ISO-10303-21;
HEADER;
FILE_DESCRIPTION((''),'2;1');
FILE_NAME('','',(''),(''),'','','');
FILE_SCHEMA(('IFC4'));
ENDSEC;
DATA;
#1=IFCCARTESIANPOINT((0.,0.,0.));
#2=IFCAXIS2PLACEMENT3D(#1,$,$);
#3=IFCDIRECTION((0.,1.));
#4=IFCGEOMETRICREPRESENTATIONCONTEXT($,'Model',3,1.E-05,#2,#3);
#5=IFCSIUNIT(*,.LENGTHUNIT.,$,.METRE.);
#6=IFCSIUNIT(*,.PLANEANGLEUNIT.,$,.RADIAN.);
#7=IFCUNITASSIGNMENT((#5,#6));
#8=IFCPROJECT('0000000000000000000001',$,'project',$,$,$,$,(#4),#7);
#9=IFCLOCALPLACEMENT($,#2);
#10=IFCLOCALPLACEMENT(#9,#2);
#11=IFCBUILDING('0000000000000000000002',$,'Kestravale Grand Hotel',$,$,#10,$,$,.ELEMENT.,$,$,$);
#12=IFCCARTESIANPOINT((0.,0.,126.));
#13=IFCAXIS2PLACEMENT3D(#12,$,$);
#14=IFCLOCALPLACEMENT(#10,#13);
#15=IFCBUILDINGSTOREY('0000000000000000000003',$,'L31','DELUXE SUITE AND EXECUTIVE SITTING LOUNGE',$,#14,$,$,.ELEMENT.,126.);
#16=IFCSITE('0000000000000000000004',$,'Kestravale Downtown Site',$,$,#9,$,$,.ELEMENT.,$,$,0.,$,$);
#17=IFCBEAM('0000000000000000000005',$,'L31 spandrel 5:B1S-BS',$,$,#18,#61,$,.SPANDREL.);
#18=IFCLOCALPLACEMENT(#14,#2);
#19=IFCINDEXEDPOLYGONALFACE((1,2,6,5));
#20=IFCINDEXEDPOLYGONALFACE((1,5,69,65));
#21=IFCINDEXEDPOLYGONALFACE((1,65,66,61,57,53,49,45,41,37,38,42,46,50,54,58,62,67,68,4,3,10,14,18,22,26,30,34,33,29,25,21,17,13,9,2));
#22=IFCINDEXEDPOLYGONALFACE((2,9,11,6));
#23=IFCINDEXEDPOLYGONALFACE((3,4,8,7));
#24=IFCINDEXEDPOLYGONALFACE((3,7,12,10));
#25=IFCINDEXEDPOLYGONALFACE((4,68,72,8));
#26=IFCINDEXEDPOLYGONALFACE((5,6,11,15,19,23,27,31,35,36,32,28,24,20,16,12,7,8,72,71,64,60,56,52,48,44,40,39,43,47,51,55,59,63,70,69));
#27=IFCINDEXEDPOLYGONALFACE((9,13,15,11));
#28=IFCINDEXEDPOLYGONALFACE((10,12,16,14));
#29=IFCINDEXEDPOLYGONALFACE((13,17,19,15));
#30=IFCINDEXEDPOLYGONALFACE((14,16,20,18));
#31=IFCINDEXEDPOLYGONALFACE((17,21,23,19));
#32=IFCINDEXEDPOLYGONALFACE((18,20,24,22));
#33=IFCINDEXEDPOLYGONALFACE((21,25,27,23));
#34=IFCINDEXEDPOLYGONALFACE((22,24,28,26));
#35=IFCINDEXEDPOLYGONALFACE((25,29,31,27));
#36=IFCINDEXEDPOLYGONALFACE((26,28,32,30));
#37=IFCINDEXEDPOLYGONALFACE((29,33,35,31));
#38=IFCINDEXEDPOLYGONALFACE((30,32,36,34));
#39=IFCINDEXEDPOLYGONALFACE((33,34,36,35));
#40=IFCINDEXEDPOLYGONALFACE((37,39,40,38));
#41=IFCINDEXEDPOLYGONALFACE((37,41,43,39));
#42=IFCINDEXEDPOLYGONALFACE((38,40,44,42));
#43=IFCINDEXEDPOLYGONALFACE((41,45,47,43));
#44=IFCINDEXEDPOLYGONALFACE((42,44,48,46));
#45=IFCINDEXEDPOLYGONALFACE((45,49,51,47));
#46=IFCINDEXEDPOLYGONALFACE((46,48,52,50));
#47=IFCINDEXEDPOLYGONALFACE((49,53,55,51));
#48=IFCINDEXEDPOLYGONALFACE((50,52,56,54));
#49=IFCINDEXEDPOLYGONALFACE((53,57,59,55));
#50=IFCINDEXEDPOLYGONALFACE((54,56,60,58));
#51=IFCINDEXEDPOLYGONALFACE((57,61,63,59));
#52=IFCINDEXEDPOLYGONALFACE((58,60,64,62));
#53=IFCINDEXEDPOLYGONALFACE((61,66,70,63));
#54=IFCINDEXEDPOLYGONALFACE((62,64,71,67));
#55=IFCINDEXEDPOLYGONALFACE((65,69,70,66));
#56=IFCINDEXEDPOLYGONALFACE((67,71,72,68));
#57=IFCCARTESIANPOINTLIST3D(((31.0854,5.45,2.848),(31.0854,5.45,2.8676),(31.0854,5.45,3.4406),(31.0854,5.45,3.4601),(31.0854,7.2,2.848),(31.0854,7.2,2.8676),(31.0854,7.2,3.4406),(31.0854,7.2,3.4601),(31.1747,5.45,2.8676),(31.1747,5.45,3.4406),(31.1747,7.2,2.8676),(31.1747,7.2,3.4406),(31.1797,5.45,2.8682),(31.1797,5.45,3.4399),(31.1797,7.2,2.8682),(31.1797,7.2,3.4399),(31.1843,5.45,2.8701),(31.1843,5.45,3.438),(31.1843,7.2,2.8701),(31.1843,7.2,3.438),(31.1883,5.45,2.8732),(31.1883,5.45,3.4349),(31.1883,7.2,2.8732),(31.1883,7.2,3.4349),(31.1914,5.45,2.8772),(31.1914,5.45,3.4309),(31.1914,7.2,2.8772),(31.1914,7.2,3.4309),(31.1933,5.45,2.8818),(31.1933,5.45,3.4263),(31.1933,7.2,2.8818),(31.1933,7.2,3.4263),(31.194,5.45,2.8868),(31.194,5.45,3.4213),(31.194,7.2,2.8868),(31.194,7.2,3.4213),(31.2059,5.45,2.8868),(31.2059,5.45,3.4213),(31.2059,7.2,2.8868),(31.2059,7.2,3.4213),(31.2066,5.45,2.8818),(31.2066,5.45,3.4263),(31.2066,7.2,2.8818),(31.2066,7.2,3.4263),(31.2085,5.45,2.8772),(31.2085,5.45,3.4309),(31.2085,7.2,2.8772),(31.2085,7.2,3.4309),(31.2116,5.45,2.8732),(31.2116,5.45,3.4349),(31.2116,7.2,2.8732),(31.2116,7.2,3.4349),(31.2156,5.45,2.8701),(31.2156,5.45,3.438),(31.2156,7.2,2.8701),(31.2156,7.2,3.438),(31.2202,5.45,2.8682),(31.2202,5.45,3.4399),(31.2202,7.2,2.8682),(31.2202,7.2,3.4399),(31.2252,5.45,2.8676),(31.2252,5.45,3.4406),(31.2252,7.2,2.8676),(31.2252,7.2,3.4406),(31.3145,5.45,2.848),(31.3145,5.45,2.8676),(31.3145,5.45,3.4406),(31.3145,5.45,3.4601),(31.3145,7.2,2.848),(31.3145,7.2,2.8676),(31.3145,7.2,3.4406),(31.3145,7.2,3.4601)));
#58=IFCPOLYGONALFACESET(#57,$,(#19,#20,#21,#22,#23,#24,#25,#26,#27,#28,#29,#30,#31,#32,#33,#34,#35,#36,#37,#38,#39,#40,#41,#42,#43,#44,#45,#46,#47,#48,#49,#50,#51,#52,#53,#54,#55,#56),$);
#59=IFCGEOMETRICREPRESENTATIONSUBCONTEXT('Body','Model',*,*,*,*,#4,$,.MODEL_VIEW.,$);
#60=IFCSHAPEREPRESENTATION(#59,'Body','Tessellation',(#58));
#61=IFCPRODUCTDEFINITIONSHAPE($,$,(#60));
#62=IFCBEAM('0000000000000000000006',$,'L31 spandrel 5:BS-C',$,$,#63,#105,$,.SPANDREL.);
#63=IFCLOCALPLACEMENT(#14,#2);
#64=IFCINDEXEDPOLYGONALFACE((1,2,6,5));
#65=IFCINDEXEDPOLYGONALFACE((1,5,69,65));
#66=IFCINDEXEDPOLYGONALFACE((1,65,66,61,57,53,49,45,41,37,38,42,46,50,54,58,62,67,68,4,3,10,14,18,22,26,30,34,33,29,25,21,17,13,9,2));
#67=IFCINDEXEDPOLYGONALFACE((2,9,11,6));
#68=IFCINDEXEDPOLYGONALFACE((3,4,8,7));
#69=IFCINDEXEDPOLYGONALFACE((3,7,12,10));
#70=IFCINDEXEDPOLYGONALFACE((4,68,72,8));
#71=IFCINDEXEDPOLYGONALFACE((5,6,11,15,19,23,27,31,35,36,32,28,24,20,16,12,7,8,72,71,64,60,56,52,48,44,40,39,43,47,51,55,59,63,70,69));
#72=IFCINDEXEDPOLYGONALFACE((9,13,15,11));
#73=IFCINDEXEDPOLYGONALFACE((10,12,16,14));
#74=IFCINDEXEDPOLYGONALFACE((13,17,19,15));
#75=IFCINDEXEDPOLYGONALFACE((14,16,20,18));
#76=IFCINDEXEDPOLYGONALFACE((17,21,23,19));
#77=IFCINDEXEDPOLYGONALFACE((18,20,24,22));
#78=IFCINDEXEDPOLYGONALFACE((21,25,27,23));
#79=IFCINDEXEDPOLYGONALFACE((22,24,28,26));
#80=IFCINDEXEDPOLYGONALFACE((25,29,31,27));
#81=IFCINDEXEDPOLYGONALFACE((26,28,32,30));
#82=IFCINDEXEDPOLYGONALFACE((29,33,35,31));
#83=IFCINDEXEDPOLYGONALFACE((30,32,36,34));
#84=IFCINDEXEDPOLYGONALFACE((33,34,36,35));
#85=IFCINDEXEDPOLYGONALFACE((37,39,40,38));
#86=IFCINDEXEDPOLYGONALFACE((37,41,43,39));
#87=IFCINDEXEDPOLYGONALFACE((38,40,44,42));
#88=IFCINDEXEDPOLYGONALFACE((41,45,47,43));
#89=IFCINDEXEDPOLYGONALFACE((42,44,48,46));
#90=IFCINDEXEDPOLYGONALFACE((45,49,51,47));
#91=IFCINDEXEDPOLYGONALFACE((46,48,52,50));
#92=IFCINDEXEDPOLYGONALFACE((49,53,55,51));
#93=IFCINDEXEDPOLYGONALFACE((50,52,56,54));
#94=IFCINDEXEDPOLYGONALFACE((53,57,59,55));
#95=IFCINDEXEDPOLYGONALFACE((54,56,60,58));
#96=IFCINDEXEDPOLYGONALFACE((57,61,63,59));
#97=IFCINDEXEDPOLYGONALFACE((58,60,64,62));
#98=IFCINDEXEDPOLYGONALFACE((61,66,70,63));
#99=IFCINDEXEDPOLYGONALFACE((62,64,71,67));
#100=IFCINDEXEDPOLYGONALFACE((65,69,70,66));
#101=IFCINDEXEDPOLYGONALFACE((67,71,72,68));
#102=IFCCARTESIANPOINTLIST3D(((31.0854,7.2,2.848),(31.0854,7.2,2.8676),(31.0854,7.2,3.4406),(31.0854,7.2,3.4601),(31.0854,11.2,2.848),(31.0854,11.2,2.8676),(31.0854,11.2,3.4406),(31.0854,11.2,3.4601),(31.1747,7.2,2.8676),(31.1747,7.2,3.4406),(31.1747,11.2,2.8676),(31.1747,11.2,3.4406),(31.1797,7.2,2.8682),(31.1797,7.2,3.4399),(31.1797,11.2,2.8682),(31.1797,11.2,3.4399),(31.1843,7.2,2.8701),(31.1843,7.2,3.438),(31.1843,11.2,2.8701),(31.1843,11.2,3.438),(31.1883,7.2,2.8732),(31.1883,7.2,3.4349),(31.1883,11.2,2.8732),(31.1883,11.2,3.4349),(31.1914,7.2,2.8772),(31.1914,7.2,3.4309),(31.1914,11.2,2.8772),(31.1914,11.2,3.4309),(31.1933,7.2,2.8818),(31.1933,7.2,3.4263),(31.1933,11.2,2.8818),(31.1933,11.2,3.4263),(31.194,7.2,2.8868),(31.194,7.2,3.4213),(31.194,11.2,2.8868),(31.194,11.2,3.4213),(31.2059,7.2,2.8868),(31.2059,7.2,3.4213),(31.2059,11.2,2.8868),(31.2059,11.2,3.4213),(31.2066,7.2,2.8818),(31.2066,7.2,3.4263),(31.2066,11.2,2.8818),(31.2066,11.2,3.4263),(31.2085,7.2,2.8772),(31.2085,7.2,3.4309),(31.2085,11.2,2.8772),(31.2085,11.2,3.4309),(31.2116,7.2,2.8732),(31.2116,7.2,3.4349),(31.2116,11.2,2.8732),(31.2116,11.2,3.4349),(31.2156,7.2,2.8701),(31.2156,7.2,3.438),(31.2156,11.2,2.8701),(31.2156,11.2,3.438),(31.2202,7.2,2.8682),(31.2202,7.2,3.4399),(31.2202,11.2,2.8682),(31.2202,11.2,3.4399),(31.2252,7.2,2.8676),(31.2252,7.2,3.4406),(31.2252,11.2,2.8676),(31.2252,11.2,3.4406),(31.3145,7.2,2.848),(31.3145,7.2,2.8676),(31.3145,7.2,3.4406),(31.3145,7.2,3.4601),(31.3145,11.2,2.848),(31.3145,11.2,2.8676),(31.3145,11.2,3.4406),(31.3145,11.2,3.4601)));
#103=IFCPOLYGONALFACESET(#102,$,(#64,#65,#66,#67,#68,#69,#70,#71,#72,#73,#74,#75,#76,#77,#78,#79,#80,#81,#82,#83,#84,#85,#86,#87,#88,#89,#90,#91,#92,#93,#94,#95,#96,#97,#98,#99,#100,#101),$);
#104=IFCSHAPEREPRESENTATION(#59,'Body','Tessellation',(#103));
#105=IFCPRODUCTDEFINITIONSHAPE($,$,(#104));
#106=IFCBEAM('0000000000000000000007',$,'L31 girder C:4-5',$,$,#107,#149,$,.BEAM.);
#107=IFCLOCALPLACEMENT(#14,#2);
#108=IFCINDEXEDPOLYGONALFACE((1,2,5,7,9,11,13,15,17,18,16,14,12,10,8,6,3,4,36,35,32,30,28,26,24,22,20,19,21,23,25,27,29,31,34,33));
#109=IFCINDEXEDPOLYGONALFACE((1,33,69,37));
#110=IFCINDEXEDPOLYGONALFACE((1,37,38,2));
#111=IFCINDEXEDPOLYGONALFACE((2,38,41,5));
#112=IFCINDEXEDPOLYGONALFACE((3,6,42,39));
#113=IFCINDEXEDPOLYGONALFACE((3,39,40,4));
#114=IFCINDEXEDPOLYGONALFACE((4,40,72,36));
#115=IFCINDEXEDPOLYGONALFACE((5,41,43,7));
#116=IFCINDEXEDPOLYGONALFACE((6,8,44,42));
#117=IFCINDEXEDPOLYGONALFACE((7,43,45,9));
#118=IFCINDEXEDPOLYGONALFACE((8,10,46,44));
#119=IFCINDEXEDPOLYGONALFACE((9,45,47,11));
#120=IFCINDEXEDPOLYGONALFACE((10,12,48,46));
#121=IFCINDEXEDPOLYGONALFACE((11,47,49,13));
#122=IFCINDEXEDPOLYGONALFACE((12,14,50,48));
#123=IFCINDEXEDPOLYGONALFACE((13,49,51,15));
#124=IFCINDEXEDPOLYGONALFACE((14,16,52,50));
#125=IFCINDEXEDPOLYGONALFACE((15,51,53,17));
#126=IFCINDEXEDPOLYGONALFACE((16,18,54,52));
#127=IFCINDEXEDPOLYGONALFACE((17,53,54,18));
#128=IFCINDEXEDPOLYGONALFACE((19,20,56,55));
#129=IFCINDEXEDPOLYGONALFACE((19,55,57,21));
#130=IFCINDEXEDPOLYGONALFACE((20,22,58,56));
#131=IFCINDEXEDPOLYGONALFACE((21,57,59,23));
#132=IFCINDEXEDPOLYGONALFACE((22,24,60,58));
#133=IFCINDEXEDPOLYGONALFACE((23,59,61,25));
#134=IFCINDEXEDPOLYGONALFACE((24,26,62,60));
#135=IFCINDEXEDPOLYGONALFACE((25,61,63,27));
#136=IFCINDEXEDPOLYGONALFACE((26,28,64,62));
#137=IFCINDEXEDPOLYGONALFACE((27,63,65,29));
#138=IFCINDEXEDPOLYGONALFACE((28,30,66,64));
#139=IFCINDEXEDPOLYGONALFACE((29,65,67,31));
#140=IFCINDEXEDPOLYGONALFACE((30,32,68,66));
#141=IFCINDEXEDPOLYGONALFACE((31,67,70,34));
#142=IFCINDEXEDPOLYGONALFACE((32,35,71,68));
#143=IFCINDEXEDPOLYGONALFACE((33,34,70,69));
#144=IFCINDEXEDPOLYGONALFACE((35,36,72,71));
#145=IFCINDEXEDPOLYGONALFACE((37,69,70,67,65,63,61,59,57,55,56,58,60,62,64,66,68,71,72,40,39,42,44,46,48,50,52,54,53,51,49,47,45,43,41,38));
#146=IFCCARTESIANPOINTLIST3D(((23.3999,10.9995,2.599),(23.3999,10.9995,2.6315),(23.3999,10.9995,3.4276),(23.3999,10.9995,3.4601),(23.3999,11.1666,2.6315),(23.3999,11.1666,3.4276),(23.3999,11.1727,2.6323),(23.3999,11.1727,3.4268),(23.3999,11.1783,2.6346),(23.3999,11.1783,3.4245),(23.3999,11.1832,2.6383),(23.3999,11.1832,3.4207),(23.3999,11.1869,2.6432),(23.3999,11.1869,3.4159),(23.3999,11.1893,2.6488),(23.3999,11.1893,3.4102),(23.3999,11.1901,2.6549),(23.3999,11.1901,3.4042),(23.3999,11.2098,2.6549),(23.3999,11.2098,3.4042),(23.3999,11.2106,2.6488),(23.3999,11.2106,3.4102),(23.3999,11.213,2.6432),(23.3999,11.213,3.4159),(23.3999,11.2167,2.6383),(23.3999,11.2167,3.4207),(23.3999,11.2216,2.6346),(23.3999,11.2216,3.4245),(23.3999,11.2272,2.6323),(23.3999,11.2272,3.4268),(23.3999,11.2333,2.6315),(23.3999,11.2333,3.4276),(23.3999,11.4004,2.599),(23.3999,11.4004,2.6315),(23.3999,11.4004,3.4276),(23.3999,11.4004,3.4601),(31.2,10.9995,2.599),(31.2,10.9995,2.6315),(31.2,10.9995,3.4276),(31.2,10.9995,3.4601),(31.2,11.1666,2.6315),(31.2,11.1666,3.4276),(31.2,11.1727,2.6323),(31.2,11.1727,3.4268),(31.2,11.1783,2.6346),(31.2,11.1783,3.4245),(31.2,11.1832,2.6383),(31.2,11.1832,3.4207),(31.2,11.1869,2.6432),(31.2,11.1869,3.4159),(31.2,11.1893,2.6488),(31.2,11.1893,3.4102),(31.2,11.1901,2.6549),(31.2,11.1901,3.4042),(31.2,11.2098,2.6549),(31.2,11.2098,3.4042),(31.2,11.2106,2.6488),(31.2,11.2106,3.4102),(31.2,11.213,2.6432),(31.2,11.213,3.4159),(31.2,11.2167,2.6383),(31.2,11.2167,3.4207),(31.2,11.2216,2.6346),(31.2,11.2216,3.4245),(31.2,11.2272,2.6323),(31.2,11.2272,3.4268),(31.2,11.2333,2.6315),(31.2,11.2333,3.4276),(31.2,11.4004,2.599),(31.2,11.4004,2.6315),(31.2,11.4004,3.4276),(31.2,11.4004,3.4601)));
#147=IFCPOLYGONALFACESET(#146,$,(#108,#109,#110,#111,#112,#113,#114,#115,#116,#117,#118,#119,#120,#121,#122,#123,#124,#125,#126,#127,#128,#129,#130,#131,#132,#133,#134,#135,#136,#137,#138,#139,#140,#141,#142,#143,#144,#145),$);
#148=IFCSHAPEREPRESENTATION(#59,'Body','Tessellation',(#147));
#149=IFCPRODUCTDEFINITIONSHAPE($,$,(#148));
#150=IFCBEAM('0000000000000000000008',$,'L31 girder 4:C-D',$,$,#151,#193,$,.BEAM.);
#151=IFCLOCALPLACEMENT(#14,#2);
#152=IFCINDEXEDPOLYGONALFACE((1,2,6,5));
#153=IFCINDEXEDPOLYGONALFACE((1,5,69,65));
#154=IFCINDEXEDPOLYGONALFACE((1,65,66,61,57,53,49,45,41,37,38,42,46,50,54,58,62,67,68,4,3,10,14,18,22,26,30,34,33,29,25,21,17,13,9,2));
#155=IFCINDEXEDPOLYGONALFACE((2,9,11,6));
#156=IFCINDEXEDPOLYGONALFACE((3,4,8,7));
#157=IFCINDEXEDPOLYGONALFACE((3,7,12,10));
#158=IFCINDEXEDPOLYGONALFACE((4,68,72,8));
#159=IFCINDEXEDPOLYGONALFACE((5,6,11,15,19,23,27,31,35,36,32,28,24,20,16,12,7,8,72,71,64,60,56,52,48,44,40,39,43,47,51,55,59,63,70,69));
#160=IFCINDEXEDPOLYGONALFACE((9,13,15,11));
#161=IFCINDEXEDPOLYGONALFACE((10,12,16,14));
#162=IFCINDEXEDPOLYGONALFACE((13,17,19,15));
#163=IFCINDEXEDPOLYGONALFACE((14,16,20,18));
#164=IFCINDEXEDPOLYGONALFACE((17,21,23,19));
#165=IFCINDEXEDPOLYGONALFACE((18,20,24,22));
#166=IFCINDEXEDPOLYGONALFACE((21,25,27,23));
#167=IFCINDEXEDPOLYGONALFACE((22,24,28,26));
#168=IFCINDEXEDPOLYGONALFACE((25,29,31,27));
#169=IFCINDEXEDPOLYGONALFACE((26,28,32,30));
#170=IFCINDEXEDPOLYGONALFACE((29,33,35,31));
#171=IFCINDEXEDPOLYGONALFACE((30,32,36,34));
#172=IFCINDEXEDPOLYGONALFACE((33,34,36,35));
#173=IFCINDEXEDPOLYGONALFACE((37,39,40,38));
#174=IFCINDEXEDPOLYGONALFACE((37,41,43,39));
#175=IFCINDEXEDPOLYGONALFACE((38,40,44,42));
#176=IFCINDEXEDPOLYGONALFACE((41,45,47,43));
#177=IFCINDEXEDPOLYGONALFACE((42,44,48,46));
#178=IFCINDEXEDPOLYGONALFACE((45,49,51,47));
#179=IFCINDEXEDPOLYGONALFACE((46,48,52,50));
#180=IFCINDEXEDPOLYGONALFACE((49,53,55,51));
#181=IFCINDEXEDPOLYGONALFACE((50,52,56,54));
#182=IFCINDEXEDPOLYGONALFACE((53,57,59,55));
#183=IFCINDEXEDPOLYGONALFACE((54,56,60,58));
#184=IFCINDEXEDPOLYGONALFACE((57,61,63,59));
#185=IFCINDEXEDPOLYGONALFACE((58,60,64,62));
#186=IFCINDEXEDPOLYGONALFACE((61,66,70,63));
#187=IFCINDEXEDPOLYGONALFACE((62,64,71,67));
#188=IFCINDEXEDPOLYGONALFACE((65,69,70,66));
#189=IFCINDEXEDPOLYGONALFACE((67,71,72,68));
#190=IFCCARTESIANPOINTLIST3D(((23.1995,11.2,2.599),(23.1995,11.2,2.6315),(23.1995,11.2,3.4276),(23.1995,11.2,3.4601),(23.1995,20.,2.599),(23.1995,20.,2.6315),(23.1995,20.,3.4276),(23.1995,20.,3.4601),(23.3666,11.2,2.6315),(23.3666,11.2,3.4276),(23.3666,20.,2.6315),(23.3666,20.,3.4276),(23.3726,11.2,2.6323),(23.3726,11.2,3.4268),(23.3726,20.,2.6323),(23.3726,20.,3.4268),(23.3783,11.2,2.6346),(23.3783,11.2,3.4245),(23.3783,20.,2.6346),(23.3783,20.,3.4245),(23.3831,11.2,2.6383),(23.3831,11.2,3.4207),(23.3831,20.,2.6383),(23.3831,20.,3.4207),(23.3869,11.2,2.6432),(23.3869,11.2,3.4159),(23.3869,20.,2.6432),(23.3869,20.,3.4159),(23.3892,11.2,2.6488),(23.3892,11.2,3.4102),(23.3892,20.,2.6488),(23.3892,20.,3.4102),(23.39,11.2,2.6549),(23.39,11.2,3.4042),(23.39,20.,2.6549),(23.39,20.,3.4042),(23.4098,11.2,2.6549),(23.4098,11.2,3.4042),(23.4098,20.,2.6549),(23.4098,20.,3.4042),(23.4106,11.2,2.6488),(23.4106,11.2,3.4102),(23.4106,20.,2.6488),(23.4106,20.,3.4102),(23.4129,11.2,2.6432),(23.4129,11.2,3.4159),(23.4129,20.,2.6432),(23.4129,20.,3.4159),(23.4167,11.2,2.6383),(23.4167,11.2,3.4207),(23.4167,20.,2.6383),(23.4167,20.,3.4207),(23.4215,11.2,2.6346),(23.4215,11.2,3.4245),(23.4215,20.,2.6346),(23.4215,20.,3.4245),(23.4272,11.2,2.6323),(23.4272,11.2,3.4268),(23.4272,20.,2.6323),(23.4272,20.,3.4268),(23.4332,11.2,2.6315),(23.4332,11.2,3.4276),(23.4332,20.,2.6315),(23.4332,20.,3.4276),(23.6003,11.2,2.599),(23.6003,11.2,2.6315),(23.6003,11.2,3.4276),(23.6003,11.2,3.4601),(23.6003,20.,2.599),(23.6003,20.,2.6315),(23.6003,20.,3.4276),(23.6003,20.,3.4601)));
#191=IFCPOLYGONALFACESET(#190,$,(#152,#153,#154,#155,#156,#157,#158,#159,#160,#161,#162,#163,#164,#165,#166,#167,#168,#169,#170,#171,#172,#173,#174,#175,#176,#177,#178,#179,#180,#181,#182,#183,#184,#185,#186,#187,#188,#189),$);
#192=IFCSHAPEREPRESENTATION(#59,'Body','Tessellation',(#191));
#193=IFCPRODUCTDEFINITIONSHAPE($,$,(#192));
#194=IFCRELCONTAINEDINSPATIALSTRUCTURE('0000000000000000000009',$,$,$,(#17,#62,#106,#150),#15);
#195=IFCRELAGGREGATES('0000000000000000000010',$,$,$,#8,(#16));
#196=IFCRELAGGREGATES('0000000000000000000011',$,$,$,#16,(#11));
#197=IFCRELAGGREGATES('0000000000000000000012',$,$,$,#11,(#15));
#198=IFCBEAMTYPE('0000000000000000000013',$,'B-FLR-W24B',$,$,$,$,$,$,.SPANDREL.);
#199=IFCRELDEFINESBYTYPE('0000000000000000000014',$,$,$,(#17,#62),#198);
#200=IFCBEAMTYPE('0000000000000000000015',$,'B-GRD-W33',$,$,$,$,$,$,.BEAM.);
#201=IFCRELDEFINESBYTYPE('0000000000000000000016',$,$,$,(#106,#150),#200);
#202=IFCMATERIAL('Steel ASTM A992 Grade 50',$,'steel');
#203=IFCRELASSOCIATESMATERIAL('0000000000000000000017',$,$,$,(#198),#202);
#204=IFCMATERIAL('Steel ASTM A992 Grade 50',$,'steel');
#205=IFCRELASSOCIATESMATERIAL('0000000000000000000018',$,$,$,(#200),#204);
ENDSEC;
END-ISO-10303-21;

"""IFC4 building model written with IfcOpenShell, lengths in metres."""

from ifc_helpers import new_model, si_unit, direction, frame, origin, origin_2d, place, context, subcontext, project, spatial, i_section, extrude, material, material_profile, profile_set, type_object, element, save


model = new_model("IFC4")

# Units and contexts
model_context = context("Model", 3, precision=1e-05, world=origin(), true_north=direction((0.0, 1.0)))
body_context = subcontext(model_context, "Body", "Model", "MODEL_VIEW")
ifc_project = project(units=[si_unit("LENGTHUNIT", "METRE"), si_unit("PLANEANGLEUNIT", "RADIAN")], contexts=[model_context])

# Site, building, storey
site_placement = place(None, origin())
site = spatial("IfcSite", under=ifc_project, at=site_placement, Name="Kestravale Downtown Site", CompositionType="ELEMENT", RefElevation=0.0)
building_placement = place(site_placement, origin())
building = spatial("IfcBuilding", under=site, at=building_placement, Name="Kestravale Grand Hotel", CompositionType="ELEMENT")
storey_placement = place(building_placement, frame((0.0, 0.0, 126.0)))
storey = spatial("IfcBuildingStorey", under=building, at=storey_placement, Name="L31", Description="DELUXE SUITE AND EXECUTIVE SITTING LOUNGE", CompositionType="ELEMENT", Elevation=126.0)

# Beams
ifc_material_1 = material(Name="Steel ASTM A992 Grade 50", Category="steel")
ifc_material_profile_1 = material_profile(ifc_material_1, i_section(OverallWidth=0.229, OverallDepth=0.6121, WebThickness=0.012, FlangeThickness=0.0195, FilletRadius=0.0193, at=origin_2d()))
ifc_profile_set_1 = profile_set([ifc_material_profile_1], Name="Steel ASTM A992 Grade 50")
beam_type_1 = type_object("IfcBeamType", Name="B-FLR-W24B", PredefinedType="SPANDREL", material=ifc_profile_set_1)
beam_1_placement = place(storey_placement, frame((31.2, 5.45, 3.1541), z_axis=(0.0, 1.0, 0.0), x_axis=(-1.0, 0.0, 0.0)))
element("IfcBeam", 1, at=beam_1_placement, inside=storey, type_object=beam_type_1, Name="L31 spandrel 5:B1S-BS", PredefinedType="SPANDREL", context=body_context, shape_type="SweptSolid", body=[
    extrude(i_section(OverallWidth=0.229, OverallDepth=0.6121, WebThickness=0.012, FlangeThickness=0.0195, FilletRadius=0.0193, at=origin_2d()), origin(), (0.0, 0.0, 1.0), 1.75),
])
beam_2_placement = place(storey_placement, frame((31.2, 7.2, 3.1541), z_axis=(0.0, 1.0, 0.0), x_axis=(-1.0, 0.0, 0.0)))
element("IfcBeam", 2, at=beam_2_placement, inside=storey, type_object=beam_type_1, Name="L31 spandrel 5:BS-C", PredefinedType="SPANDREL", context=body_context, shape_type="SweptSolid", body=[
    extrude(i_section(OverallWidth=0.229, OverallDepth=0.6121, WebThickness=0.012, FlangeThickness=0.0195, FilletRadius=0.0193, at=origin_2d()), origin(), (0.0, 0.0, 1.0), 4.0),
])
ifc_material_2 = material(Name="Steel ASTM A992 Grade 50", Category="steel")
ifc_material_profile_2 = material_profile(ifc_material_2, i_section(OverallWidth=0.4009, OverallDepth=0.8611, WebThickness=0.0198, FlangeThickness=0.0325, FilletRadius=0.0234, at=origin_2d()))
ifc_profile_set_2 = profile_set([ifc_material_profile_2], Name="Steel ASTM A992 Grade 50")
beam_type_2 = type_object("IfcBeamType", Name="B-GRD-W33", PredefinedType="BEAM", material=ifc_profile_set_2)
beam_3_placement = place(storey_placement, frame((23.3999, 11.2, 3.0295), z_axis=(1.0, 0.0, 0.0), x_axis=(0.0, 1.0, 0.0)))
element("IfcBeam", 3, at=beam_3_placement, inside=storey, type_object=beam_type_2, Name="L31 girder C:4-5", PredefinedType="BEAM", context=body_context, shape_type="SweptSolid", body=[
    extrude(i_section(OverallWidth=0.4009, OverallDepth=0.8611, WebThickness=0.0198, FlangeThickness=0.0325, FilletRadius=0.0234, at=origin_2d()), origin(), (0.0, 0.0, 1.0), 7.8),
])
for number, where, z_axis, x_axis, name in (
    (4, (23.3999, 11.2, 3.0295), (0.0, 1.0, 0.0), (-1.0, 0.0, 0.0), "L31 girder 4:C-D"),
):
    element("IfcBeam", number, at=place(storey_placement, frame(where, z_axis=z_axis, x_axis=x_axis)), inside=storey, type_object=beam_type_2, Name=name, PredefinedType="BEAM", context=body_context, shape_type="SweptSolid", body=[
        extrude(i_section(OverallWidth=0.4009, OverallDepth=0.8611, WebThickness=0.0198, FlangeThickness=0.0325, FilletRadius=0.0234, at=origin_2d()), origin(), (0.0, 0.0, 1.0), 8.8),
    ])

save(model, "model.ifc")
